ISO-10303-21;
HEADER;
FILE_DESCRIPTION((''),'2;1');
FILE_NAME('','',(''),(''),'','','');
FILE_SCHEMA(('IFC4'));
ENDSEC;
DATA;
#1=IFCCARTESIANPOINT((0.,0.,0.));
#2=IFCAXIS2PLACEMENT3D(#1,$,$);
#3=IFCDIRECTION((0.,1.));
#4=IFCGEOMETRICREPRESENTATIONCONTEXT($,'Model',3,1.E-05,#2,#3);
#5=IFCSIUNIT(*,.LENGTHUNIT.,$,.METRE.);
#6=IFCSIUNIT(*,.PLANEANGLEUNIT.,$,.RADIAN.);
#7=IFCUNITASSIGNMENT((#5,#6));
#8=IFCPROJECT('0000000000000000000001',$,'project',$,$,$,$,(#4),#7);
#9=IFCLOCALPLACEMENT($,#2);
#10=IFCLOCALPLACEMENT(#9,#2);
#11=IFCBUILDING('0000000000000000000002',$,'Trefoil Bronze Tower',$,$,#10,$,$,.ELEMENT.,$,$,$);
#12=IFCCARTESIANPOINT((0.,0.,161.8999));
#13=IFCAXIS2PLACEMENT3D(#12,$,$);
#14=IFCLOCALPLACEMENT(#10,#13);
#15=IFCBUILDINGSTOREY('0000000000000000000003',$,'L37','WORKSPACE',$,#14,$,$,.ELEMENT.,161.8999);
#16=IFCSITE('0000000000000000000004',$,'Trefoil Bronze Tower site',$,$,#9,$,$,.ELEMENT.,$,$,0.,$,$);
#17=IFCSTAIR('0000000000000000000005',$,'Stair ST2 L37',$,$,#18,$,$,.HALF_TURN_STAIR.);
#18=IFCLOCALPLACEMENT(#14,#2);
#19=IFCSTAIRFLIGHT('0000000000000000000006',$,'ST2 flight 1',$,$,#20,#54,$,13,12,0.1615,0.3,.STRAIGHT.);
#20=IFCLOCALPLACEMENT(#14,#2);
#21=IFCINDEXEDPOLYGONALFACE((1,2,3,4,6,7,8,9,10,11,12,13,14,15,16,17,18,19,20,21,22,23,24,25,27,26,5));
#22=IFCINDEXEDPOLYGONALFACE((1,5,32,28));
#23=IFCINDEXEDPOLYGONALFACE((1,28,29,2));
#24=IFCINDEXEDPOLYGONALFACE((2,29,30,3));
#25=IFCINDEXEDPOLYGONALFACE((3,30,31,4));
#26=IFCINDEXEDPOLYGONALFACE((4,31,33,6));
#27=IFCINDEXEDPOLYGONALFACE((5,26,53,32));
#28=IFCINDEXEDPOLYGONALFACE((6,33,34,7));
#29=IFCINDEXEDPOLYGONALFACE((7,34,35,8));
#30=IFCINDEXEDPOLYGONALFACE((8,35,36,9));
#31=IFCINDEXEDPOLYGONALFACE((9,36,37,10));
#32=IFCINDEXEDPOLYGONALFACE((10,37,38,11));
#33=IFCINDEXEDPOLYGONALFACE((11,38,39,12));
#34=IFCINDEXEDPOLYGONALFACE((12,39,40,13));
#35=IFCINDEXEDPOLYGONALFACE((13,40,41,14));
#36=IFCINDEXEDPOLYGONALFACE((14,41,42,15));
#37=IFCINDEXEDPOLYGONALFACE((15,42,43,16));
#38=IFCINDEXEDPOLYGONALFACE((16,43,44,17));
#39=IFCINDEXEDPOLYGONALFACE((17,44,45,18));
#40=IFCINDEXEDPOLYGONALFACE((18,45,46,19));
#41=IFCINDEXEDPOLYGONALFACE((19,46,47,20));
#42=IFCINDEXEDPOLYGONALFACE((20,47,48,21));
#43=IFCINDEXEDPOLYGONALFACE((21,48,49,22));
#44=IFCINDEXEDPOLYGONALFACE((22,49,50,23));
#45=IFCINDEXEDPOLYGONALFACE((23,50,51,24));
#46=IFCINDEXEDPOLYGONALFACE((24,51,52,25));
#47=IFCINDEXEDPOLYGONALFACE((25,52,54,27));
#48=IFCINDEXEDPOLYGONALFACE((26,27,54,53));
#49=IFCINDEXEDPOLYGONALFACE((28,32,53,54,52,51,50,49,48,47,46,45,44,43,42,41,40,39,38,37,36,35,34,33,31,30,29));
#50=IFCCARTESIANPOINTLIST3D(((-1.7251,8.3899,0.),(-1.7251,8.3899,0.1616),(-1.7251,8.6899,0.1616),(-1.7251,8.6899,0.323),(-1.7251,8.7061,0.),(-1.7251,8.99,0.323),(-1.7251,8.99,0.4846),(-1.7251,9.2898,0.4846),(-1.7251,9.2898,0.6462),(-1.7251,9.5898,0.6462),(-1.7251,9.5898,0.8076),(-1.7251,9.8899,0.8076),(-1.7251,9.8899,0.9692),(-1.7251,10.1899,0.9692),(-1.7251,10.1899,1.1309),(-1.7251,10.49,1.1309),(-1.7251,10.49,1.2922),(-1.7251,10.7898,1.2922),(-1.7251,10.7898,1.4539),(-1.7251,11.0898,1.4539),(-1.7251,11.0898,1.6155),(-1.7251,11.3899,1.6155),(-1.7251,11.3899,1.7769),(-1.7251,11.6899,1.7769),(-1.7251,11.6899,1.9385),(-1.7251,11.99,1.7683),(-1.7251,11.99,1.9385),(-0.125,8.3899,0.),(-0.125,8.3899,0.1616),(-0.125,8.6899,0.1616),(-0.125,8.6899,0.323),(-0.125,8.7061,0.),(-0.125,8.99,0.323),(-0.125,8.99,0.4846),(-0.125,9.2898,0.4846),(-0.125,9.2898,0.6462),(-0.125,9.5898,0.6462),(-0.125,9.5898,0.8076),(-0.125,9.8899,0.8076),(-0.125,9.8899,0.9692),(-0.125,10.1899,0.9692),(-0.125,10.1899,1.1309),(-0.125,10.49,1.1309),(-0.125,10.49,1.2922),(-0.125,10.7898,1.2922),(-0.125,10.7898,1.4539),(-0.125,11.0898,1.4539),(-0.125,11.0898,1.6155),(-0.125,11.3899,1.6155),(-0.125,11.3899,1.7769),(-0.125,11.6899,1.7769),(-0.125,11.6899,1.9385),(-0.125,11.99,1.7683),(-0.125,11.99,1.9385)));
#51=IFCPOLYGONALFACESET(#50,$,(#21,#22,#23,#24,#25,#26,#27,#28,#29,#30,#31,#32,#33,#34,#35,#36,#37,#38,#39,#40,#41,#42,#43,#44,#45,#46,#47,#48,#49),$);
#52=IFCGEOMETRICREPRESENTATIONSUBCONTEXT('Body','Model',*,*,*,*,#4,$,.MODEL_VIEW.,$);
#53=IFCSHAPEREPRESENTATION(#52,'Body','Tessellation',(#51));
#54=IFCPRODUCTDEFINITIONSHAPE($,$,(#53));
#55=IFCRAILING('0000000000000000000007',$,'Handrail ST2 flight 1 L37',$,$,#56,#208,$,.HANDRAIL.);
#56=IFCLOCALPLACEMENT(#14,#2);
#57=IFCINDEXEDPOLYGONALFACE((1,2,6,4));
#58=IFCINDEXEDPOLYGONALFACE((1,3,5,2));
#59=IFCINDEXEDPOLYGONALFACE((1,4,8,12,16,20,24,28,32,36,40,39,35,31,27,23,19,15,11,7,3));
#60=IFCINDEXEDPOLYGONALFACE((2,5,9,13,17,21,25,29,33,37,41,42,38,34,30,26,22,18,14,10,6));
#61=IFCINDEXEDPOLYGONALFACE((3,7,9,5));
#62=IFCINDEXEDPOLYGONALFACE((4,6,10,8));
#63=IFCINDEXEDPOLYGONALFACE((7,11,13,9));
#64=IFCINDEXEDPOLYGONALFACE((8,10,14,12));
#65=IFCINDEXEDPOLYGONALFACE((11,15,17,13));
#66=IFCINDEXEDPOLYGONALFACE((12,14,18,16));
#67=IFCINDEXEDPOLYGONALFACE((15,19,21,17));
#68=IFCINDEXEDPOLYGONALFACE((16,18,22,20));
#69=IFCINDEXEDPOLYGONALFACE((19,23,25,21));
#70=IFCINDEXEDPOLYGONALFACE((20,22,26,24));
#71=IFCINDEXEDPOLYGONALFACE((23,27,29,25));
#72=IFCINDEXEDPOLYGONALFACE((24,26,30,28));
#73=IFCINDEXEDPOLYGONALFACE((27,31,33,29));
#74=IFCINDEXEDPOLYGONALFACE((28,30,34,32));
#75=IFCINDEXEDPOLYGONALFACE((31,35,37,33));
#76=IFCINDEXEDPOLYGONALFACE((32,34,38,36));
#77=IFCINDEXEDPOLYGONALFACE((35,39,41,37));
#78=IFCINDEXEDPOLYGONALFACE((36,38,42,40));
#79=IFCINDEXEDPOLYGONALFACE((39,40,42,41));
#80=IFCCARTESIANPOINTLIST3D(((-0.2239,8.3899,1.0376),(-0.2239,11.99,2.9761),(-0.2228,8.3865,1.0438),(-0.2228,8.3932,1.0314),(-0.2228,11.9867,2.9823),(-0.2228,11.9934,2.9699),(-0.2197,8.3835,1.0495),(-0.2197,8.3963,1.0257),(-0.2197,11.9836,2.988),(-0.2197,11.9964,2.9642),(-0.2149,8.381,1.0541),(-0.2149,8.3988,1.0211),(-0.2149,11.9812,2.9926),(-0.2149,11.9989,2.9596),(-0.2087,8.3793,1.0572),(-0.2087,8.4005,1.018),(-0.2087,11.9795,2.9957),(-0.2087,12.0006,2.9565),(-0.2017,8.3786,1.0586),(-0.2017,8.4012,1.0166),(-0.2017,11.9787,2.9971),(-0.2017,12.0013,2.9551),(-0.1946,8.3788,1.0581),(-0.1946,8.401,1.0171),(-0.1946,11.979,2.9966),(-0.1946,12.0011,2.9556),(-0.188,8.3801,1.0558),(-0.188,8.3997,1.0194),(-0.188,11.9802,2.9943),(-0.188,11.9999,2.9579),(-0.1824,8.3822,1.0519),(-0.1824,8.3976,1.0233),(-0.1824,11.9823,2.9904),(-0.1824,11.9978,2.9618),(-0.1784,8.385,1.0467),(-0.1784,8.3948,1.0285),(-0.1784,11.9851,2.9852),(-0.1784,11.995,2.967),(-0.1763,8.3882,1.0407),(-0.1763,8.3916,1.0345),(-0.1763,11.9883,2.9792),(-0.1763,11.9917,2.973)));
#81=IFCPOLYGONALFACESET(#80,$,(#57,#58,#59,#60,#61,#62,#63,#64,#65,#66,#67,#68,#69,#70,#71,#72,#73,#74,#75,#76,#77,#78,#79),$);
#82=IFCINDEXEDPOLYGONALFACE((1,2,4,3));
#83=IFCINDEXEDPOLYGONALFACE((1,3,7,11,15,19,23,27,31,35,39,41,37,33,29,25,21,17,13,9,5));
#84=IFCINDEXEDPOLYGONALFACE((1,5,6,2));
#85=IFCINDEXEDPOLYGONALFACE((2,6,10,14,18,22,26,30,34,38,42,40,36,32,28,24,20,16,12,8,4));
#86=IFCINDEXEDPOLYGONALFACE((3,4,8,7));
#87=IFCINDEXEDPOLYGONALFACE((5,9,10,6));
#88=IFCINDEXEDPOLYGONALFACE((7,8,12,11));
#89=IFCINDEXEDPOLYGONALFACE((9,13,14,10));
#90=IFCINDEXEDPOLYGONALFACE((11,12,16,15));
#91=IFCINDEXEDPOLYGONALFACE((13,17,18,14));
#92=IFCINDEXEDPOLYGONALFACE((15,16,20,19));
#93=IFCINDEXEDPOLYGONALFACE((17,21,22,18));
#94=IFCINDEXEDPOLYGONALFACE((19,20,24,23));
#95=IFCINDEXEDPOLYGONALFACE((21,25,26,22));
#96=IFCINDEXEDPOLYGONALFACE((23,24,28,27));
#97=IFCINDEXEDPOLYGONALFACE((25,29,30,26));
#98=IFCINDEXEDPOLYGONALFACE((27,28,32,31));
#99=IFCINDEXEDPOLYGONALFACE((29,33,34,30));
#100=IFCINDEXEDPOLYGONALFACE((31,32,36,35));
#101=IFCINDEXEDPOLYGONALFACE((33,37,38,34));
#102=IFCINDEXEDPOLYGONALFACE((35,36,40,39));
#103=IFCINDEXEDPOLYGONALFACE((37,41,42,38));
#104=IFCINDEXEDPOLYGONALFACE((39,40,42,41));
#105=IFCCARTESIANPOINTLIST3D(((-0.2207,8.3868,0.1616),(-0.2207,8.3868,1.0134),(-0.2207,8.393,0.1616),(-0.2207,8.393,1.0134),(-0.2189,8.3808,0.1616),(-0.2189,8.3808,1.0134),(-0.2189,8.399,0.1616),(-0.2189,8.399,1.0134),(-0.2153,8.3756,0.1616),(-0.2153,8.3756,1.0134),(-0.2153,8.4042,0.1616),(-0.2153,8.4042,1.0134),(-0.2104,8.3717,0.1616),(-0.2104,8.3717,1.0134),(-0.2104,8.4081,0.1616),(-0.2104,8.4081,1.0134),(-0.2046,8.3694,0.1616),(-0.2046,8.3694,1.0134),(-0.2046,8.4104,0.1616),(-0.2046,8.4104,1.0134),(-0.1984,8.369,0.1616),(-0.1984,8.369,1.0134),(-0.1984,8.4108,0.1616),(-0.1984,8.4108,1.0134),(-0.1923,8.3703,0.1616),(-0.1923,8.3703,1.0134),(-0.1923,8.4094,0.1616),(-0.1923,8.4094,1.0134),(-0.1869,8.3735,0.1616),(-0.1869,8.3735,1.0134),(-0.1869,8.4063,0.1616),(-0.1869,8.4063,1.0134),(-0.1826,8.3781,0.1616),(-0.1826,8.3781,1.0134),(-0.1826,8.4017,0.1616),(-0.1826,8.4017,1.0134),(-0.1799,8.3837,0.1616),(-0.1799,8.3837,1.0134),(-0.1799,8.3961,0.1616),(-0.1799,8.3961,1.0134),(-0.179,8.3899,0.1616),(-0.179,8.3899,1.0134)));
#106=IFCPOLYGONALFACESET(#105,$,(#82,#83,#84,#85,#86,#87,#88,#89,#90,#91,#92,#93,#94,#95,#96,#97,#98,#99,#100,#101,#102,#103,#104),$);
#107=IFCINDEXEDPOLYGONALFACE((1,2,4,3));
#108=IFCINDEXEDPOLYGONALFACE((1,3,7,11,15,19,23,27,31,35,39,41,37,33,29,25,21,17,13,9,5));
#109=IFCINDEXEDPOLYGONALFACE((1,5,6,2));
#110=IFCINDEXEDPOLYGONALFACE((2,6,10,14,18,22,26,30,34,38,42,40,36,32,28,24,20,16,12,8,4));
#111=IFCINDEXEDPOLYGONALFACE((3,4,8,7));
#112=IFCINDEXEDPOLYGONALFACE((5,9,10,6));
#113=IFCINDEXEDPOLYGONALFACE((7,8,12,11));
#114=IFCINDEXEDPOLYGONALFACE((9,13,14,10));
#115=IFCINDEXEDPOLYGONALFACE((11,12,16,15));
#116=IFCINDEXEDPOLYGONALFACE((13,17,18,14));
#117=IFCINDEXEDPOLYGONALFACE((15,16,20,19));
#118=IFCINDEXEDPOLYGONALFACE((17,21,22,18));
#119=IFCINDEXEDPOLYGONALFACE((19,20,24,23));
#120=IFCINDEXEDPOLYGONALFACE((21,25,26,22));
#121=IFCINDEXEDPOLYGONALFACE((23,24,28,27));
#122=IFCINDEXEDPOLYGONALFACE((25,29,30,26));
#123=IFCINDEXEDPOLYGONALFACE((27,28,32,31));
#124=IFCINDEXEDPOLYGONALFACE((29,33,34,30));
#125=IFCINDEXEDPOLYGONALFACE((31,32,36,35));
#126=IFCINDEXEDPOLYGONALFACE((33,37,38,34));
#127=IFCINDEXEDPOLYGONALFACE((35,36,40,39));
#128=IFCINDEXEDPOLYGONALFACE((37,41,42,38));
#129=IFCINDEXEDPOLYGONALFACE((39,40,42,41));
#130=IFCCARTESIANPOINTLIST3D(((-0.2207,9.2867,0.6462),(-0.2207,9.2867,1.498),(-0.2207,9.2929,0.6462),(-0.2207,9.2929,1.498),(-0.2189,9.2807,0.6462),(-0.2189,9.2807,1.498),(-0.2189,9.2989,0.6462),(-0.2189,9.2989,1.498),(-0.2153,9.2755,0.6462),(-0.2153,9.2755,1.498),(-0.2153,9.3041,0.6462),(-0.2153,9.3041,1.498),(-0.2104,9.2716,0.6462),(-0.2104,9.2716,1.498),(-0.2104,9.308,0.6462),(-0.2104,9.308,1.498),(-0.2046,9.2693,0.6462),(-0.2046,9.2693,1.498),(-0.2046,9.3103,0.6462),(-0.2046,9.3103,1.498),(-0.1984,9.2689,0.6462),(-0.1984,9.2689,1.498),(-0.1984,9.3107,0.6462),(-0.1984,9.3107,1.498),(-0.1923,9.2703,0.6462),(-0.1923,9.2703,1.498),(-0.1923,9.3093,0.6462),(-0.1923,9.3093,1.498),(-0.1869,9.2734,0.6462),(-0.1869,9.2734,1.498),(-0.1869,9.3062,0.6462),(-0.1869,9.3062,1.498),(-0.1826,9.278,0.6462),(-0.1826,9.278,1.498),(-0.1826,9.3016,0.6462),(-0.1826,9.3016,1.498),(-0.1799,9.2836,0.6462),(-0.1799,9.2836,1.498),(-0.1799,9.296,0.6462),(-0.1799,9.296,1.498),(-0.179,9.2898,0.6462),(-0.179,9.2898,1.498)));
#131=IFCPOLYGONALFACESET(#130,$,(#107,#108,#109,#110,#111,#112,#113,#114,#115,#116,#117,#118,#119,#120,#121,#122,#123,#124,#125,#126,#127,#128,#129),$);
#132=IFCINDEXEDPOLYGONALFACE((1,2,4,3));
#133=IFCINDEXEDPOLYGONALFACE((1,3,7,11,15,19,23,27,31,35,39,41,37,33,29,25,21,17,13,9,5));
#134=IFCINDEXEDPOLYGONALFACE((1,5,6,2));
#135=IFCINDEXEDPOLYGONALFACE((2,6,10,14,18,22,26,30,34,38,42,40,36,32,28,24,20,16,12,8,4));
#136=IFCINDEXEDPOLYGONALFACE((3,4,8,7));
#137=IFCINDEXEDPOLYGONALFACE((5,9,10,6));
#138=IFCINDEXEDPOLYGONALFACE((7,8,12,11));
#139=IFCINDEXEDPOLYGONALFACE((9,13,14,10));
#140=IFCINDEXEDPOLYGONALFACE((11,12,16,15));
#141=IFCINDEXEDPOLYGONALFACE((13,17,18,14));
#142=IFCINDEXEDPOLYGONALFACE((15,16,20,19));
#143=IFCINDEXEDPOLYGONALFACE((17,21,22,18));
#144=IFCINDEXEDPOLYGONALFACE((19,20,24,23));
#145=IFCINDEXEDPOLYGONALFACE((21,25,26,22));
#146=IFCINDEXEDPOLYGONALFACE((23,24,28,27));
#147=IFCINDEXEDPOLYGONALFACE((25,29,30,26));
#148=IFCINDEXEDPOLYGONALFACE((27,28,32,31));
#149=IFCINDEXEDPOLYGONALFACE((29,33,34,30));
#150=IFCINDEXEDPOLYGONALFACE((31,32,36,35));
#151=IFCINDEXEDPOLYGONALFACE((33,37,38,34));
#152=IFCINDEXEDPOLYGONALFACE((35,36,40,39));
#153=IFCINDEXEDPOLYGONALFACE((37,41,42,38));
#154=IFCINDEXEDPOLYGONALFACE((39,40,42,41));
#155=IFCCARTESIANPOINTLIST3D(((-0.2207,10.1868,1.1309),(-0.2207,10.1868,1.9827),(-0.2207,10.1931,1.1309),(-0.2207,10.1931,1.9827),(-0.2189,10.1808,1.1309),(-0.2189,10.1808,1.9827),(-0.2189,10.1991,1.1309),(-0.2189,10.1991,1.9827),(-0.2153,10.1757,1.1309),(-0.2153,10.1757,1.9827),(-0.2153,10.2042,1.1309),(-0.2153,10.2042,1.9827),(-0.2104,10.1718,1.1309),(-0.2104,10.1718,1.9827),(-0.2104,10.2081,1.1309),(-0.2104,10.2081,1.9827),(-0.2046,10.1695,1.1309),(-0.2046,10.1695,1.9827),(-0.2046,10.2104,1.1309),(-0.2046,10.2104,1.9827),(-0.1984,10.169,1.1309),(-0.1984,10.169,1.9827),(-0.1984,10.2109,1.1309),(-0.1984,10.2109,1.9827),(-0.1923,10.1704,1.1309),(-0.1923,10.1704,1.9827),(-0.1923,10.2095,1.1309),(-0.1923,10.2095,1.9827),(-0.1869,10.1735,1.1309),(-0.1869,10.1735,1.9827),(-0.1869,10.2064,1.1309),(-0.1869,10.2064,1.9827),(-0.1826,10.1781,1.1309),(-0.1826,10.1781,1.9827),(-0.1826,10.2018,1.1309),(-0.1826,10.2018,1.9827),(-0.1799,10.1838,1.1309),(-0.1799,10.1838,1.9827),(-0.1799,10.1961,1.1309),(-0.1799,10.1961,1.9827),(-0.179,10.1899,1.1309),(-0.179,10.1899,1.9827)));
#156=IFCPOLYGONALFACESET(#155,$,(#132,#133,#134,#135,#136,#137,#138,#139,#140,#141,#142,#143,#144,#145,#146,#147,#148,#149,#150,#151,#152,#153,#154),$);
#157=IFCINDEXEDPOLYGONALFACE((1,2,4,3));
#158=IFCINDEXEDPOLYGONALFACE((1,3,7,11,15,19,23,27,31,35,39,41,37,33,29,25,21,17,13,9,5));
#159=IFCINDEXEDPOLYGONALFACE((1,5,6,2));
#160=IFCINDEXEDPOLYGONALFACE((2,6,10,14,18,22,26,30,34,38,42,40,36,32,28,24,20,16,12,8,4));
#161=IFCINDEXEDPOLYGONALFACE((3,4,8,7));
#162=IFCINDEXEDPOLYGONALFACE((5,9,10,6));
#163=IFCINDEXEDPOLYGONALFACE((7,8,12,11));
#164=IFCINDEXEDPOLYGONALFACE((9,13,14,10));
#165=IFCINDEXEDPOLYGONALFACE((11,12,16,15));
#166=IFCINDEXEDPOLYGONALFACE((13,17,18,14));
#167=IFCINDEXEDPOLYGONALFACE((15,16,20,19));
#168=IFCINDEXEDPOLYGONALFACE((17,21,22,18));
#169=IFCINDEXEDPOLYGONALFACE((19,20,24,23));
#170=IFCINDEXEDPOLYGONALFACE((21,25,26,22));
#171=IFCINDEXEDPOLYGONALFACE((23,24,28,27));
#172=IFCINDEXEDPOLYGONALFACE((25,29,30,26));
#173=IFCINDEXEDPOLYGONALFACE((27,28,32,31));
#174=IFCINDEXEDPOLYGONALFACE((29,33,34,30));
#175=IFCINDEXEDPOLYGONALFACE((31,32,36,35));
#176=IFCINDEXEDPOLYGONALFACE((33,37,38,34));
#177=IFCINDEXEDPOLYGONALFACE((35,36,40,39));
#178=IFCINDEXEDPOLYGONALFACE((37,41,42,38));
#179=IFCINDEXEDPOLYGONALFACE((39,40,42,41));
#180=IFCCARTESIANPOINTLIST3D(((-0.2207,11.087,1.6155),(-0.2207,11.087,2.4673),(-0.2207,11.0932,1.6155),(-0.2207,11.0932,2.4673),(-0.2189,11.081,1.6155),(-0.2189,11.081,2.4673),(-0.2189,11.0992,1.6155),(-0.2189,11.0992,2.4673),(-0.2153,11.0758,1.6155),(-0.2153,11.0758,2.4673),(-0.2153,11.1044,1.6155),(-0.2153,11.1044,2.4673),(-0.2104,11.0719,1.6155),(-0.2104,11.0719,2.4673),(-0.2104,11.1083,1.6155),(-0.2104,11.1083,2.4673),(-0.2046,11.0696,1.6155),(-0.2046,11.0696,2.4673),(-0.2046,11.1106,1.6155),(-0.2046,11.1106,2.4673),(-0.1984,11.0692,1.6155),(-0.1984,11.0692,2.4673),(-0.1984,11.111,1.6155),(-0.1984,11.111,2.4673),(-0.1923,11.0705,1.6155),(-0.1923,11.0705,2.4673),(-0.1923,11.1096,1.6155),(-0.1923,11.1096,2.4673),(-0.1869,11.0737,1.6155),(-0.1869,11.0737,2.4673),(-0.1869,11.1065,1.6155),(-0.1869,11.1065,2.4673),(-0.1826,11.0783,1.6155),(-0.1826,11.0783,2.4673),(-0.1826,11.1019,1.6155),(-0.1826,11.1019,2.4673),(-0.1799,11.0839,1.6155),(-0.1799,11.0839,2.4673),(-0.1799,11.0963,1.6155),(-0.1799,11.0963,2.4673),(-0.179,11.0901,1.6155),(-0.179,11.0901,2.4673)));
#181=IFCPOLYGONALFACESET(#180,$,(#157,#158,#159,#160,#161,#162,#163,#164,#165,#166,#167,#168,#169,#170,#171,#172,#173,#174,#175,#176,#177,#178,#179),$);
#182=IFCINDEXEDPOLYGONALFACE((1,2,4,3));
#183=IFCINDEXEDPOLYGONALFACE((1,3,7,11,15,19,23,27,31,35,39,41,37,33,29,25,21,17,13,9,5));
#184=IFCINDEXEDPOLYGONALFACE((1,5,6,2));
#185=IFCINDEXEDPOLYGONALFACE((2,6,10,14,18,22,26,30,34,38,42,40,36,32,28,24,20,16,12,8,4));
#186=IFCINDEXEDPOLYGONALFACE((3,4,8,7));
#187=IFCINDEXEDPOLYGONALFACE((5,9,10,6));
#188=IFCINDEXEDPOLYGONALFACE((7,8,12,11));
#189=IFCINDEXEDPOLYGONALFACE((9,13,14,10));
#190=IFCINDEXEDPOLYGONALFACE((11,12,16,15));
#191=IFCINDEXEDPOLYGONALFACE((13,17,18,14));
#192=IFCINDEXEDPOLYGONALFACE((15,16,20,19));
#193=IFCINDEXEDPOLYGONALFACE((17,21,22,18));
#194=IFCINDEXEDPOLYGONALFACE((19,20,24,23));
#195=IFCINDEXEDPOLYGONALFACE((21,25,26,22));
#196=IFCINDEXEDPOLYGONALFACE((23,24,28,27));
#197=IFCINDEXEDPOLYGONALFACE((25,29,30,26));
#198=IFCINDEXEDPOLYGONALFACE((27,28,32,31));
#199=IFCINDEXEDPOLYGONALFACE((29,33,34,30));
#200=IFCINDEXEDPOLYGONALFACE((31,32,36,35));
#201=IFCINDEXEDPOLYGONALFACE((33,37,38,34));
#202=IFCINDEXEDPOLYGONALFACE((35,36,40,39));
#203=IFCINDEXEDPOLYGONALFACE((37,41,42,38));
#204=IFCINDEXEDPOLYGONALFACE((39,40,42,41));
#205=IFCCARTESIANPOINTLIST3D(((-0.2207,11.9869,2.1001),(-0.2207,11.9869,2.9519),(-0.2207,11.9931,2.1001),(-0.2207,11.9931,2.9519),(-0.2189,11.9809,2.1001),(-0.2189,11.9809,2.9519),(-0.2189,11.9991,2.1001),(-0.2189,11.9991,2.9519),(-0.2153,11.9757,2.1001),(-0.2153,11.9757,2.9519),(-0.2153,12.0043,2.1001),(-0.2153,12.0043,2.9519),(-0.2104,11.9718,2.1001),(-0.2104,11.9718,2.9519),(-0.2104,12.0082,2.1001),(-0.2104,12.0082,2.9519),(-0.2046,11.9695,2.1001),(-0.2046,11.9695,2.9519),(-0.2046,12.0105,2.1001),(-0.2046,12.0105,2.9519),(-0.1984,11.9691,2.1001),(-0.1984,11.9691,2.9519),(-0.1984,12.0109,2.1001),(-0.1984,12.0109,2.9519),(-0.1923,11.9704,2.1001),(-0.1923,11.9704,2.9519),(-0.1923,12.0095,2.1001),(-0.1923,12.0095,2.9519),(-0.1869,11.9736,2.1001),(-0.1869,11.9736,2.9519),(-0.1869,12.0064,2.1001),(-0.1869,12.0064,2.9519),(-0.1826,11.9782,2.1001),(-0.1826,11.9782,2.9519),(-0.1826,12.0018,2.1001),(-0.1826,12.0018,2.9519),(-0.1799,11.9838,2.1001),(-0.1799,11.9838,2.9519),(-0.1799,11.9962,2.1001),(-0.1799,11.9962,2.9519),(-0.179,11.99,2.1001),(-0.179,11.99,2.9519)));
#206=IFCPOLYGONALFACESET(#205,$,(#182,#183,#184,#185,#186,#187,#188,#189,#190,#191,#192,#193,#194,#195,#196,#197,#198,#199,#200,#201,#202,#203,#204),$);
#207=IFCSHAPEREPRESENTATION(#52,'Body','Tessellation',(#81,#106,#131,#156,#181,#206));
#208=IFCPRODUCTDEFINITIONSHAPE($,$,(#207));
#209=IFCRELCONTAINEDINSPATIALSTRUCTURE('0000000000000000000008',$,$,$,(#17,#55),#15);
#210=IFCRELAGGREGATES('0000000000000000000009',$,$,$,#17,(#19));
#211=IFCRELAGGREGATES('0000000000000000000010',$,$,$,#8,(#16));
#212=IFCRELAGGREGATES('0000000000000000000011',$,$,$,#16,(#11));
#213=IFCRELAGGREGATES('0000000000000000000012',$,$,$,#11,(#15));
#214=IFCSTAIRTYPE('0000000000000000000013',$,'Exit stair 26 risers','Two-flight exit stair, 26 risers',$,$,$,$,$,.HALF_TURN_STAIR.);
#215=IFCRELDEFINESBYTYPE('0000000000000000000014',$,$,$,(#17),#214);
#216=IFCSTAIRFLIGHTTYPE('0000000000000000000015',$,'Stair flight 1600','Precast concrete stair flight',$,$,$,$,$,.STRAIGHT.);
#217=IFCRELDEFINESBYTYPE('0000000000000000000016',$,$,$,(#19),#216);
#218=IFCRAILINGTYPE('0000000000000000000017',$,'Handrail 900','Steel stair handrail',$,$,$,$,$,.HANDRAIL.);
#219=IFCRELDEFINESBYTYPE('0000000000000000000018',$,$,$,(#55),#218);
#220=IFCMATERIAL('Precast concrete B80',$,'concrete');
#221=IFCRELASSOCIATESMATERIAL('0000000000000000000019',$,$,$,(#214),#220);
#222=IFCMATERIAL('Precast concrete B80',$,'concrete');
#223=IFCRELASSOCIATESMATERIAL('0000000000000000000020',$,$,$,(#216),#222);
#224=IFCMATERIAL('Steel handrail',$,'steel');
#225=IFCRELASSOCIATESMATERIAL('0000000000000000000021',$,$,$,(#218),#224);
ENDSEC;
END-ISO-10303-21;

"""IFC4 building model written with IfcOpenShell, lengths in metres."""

from ifc_helpers import new_model, si_unit, direction, frame, origin, origin_2d, place, context, subcontext, project, spatial, polyline, circle, outline, extrude, material, type_object, element, aggregate, save


model = new_model("IFC4")

# Units and contexts
model_context = context("Model", 3, precision=1e-05, world=origin(), true_north=direction((0.0, 1.0)))
body_context = subcontext(model_context, "Body", "Model", "MODEL_VIEW")
ifc_project = project(units=[si_unit("LENGTHUNIT", "METRE"), si_unit("PLANEANGLEUNIT", "RADIAN")], contexts=[model_context])

# Site, building, storey
site_placement = place(None, origin())
site = spatial("IfcSite", under=ifc_project, at=site_placement, Name="Trefoil Bronze Tower site", CompositionType="ELEMENT", RefElevation=0.0)
building_placement = place(site_placement, origin())
building = spatial("IfcBuilding", under=site, at=building_placement, Name="Trefoil Bronze Tower", CompositionType="ELEMENT")
storey_placement = place(building_placement, frame((0.0, 0.0, 161.8999)))
storey = spatial("IfcBuildingStorey", under=building, at=storey_placement, Name="L37", Description="WORKSPACE", CompositionType="ELEMENT", Elevation=161.8999)

# Stair, stair flight
ifc_material_1 = material(Name="Precast concrete B80", Category="concrete")
stair_type = type_object("IfcStairType", Name="Exit stair 26 risers", Description="Two-flight exit stair, 26 risers", PredefinedType="HALF_TURN_STAIR", material=ifc_material_1)
stair_placement = place(storey_placement, origin())
stair = element("IfcStair", 1, at=stair_placement, inside=storey, type_object=stair_type, Name="Stair ST2 L37", PredefinedType="HALF_TURN_STAIR")
ifc_material_2 = material(Name="Precast concrete B80", Category="concrete")
stair_flight_type = type_object("IfcStairFlightType", Name="Stair flight 1600", Description="Precast concrete stair flight", PredefinedType="STRAIGHT", material=ifc_material_2)
stair_flight_placement = place(storey_placement, frame((-0.925, 8.3899, 0.0), z_axis=(0.0, 0.0, 1.0), x_axis=(0.0, 1.0, 0.0)))
stair_flight = element("IfcStairFlight", 2, at=stair_flight_placement, type_object=stair_flight_type, Name="ST2 flight 1", NumberOfRisers=13, NumberOfTreads=12, PredefinedType="STRAIGHT", RiserHeight=0.1615, TreadLength=0.3, context=body_context, shape_type="SweptSolid", body=[
    extrude(outline(polyline([(0.0, 0.0), (0.0, 0.1616), (0.3, 0.1616), (0.3, 0.323), (0.6001, 0.323), (0.6001, 0.4846), (0.8999, 0.4846), (0.8999, 0.6462), (1.2, 0.6462), (1.2, 0.8076), (1.5, 0.8076), (1.5, 0.9692), (1.8, 0.9692), (1.8, 1.1309), (2.1001, 1.1309), (2.1001, 1.2922), (2.3999, 1.2922), (2.3999, 1.4539), (2.7, 1.4539), (2.7, 1.6155), (3.0, 1.6155), (3.0, 1.7769), (3.3, 1.7769), (3.3, 1.9385), (3.6001, 1.9385), (3.6001, 2.1001), (3.6001, 1.7683), (0.3162, 0.0), (0.0, 0.0)])), frame((0.0, 0.8, 0.0), z_axis=(0.0, -1.0, 0.0), x_axis=(1.0, 0.0, 0.0)), (0.0, 0.0, 1.0), 1.6001),
])
aggregate(stair, [stair_flight])

# Railing
ifc_material_3 = material(Name="Steel handrail", Category="steel")
railing_type = type_object("IfcRailingType", Name="Handrail 900", Description="Steel stair handrail", PredefinedType="HANDRAIL", material=ifc_material_3)
railing_placement = place(storey_placement, frame((-0.2, 8.3899, 0.1616)))
element("IfcRailing", 3, at=railing_placement, inside=storey, type_object=railing_type, Name="Handrail ST2 flight 1 L37", PredefinedType="HANDRAIL", context=body_context, shape_type="SweptSolid", body=[
    extrude(circle(Radius=0.0239, at=origin_2d()), frame((0.0, 0.0, 0.876), z_axis=(0.0, 0.880475, 0.474093), x_axis=(-1.0, 0.0, 0.0)), (0.0, 0.0, 1.0), 4.0889),
    extrude(circle(Radius=0.021, at=origin_2d()), origin(), (0.0, 0.0, 1.0), 0.8518),
    extrude(circle(Radius=0.021, at=origin_2d()), frame((0.0, 0.8999, 0.4846)), (0.0, 0.0, 1.0), 0.8518),
    extrude(circle(Radius=0.021, at=origin_2d()), frame((0.0, 1.8, 0.9692)), (0.0, 0.0, 1.0), 0.8518),
    extrude(circle(Radius=0.021, at=origin_2d()), frame((0.0, 2.7002, 1.4539)), (0.0, 0.0, 1.0), 0.8518),
    extrude(circle(Radius=0.021, at=origin_2d()), frame((0.0, 3.6001, 1.9385)), (0.0, 0.0, 1.0), 0.8518),
])

save(model, "model.ifc")
